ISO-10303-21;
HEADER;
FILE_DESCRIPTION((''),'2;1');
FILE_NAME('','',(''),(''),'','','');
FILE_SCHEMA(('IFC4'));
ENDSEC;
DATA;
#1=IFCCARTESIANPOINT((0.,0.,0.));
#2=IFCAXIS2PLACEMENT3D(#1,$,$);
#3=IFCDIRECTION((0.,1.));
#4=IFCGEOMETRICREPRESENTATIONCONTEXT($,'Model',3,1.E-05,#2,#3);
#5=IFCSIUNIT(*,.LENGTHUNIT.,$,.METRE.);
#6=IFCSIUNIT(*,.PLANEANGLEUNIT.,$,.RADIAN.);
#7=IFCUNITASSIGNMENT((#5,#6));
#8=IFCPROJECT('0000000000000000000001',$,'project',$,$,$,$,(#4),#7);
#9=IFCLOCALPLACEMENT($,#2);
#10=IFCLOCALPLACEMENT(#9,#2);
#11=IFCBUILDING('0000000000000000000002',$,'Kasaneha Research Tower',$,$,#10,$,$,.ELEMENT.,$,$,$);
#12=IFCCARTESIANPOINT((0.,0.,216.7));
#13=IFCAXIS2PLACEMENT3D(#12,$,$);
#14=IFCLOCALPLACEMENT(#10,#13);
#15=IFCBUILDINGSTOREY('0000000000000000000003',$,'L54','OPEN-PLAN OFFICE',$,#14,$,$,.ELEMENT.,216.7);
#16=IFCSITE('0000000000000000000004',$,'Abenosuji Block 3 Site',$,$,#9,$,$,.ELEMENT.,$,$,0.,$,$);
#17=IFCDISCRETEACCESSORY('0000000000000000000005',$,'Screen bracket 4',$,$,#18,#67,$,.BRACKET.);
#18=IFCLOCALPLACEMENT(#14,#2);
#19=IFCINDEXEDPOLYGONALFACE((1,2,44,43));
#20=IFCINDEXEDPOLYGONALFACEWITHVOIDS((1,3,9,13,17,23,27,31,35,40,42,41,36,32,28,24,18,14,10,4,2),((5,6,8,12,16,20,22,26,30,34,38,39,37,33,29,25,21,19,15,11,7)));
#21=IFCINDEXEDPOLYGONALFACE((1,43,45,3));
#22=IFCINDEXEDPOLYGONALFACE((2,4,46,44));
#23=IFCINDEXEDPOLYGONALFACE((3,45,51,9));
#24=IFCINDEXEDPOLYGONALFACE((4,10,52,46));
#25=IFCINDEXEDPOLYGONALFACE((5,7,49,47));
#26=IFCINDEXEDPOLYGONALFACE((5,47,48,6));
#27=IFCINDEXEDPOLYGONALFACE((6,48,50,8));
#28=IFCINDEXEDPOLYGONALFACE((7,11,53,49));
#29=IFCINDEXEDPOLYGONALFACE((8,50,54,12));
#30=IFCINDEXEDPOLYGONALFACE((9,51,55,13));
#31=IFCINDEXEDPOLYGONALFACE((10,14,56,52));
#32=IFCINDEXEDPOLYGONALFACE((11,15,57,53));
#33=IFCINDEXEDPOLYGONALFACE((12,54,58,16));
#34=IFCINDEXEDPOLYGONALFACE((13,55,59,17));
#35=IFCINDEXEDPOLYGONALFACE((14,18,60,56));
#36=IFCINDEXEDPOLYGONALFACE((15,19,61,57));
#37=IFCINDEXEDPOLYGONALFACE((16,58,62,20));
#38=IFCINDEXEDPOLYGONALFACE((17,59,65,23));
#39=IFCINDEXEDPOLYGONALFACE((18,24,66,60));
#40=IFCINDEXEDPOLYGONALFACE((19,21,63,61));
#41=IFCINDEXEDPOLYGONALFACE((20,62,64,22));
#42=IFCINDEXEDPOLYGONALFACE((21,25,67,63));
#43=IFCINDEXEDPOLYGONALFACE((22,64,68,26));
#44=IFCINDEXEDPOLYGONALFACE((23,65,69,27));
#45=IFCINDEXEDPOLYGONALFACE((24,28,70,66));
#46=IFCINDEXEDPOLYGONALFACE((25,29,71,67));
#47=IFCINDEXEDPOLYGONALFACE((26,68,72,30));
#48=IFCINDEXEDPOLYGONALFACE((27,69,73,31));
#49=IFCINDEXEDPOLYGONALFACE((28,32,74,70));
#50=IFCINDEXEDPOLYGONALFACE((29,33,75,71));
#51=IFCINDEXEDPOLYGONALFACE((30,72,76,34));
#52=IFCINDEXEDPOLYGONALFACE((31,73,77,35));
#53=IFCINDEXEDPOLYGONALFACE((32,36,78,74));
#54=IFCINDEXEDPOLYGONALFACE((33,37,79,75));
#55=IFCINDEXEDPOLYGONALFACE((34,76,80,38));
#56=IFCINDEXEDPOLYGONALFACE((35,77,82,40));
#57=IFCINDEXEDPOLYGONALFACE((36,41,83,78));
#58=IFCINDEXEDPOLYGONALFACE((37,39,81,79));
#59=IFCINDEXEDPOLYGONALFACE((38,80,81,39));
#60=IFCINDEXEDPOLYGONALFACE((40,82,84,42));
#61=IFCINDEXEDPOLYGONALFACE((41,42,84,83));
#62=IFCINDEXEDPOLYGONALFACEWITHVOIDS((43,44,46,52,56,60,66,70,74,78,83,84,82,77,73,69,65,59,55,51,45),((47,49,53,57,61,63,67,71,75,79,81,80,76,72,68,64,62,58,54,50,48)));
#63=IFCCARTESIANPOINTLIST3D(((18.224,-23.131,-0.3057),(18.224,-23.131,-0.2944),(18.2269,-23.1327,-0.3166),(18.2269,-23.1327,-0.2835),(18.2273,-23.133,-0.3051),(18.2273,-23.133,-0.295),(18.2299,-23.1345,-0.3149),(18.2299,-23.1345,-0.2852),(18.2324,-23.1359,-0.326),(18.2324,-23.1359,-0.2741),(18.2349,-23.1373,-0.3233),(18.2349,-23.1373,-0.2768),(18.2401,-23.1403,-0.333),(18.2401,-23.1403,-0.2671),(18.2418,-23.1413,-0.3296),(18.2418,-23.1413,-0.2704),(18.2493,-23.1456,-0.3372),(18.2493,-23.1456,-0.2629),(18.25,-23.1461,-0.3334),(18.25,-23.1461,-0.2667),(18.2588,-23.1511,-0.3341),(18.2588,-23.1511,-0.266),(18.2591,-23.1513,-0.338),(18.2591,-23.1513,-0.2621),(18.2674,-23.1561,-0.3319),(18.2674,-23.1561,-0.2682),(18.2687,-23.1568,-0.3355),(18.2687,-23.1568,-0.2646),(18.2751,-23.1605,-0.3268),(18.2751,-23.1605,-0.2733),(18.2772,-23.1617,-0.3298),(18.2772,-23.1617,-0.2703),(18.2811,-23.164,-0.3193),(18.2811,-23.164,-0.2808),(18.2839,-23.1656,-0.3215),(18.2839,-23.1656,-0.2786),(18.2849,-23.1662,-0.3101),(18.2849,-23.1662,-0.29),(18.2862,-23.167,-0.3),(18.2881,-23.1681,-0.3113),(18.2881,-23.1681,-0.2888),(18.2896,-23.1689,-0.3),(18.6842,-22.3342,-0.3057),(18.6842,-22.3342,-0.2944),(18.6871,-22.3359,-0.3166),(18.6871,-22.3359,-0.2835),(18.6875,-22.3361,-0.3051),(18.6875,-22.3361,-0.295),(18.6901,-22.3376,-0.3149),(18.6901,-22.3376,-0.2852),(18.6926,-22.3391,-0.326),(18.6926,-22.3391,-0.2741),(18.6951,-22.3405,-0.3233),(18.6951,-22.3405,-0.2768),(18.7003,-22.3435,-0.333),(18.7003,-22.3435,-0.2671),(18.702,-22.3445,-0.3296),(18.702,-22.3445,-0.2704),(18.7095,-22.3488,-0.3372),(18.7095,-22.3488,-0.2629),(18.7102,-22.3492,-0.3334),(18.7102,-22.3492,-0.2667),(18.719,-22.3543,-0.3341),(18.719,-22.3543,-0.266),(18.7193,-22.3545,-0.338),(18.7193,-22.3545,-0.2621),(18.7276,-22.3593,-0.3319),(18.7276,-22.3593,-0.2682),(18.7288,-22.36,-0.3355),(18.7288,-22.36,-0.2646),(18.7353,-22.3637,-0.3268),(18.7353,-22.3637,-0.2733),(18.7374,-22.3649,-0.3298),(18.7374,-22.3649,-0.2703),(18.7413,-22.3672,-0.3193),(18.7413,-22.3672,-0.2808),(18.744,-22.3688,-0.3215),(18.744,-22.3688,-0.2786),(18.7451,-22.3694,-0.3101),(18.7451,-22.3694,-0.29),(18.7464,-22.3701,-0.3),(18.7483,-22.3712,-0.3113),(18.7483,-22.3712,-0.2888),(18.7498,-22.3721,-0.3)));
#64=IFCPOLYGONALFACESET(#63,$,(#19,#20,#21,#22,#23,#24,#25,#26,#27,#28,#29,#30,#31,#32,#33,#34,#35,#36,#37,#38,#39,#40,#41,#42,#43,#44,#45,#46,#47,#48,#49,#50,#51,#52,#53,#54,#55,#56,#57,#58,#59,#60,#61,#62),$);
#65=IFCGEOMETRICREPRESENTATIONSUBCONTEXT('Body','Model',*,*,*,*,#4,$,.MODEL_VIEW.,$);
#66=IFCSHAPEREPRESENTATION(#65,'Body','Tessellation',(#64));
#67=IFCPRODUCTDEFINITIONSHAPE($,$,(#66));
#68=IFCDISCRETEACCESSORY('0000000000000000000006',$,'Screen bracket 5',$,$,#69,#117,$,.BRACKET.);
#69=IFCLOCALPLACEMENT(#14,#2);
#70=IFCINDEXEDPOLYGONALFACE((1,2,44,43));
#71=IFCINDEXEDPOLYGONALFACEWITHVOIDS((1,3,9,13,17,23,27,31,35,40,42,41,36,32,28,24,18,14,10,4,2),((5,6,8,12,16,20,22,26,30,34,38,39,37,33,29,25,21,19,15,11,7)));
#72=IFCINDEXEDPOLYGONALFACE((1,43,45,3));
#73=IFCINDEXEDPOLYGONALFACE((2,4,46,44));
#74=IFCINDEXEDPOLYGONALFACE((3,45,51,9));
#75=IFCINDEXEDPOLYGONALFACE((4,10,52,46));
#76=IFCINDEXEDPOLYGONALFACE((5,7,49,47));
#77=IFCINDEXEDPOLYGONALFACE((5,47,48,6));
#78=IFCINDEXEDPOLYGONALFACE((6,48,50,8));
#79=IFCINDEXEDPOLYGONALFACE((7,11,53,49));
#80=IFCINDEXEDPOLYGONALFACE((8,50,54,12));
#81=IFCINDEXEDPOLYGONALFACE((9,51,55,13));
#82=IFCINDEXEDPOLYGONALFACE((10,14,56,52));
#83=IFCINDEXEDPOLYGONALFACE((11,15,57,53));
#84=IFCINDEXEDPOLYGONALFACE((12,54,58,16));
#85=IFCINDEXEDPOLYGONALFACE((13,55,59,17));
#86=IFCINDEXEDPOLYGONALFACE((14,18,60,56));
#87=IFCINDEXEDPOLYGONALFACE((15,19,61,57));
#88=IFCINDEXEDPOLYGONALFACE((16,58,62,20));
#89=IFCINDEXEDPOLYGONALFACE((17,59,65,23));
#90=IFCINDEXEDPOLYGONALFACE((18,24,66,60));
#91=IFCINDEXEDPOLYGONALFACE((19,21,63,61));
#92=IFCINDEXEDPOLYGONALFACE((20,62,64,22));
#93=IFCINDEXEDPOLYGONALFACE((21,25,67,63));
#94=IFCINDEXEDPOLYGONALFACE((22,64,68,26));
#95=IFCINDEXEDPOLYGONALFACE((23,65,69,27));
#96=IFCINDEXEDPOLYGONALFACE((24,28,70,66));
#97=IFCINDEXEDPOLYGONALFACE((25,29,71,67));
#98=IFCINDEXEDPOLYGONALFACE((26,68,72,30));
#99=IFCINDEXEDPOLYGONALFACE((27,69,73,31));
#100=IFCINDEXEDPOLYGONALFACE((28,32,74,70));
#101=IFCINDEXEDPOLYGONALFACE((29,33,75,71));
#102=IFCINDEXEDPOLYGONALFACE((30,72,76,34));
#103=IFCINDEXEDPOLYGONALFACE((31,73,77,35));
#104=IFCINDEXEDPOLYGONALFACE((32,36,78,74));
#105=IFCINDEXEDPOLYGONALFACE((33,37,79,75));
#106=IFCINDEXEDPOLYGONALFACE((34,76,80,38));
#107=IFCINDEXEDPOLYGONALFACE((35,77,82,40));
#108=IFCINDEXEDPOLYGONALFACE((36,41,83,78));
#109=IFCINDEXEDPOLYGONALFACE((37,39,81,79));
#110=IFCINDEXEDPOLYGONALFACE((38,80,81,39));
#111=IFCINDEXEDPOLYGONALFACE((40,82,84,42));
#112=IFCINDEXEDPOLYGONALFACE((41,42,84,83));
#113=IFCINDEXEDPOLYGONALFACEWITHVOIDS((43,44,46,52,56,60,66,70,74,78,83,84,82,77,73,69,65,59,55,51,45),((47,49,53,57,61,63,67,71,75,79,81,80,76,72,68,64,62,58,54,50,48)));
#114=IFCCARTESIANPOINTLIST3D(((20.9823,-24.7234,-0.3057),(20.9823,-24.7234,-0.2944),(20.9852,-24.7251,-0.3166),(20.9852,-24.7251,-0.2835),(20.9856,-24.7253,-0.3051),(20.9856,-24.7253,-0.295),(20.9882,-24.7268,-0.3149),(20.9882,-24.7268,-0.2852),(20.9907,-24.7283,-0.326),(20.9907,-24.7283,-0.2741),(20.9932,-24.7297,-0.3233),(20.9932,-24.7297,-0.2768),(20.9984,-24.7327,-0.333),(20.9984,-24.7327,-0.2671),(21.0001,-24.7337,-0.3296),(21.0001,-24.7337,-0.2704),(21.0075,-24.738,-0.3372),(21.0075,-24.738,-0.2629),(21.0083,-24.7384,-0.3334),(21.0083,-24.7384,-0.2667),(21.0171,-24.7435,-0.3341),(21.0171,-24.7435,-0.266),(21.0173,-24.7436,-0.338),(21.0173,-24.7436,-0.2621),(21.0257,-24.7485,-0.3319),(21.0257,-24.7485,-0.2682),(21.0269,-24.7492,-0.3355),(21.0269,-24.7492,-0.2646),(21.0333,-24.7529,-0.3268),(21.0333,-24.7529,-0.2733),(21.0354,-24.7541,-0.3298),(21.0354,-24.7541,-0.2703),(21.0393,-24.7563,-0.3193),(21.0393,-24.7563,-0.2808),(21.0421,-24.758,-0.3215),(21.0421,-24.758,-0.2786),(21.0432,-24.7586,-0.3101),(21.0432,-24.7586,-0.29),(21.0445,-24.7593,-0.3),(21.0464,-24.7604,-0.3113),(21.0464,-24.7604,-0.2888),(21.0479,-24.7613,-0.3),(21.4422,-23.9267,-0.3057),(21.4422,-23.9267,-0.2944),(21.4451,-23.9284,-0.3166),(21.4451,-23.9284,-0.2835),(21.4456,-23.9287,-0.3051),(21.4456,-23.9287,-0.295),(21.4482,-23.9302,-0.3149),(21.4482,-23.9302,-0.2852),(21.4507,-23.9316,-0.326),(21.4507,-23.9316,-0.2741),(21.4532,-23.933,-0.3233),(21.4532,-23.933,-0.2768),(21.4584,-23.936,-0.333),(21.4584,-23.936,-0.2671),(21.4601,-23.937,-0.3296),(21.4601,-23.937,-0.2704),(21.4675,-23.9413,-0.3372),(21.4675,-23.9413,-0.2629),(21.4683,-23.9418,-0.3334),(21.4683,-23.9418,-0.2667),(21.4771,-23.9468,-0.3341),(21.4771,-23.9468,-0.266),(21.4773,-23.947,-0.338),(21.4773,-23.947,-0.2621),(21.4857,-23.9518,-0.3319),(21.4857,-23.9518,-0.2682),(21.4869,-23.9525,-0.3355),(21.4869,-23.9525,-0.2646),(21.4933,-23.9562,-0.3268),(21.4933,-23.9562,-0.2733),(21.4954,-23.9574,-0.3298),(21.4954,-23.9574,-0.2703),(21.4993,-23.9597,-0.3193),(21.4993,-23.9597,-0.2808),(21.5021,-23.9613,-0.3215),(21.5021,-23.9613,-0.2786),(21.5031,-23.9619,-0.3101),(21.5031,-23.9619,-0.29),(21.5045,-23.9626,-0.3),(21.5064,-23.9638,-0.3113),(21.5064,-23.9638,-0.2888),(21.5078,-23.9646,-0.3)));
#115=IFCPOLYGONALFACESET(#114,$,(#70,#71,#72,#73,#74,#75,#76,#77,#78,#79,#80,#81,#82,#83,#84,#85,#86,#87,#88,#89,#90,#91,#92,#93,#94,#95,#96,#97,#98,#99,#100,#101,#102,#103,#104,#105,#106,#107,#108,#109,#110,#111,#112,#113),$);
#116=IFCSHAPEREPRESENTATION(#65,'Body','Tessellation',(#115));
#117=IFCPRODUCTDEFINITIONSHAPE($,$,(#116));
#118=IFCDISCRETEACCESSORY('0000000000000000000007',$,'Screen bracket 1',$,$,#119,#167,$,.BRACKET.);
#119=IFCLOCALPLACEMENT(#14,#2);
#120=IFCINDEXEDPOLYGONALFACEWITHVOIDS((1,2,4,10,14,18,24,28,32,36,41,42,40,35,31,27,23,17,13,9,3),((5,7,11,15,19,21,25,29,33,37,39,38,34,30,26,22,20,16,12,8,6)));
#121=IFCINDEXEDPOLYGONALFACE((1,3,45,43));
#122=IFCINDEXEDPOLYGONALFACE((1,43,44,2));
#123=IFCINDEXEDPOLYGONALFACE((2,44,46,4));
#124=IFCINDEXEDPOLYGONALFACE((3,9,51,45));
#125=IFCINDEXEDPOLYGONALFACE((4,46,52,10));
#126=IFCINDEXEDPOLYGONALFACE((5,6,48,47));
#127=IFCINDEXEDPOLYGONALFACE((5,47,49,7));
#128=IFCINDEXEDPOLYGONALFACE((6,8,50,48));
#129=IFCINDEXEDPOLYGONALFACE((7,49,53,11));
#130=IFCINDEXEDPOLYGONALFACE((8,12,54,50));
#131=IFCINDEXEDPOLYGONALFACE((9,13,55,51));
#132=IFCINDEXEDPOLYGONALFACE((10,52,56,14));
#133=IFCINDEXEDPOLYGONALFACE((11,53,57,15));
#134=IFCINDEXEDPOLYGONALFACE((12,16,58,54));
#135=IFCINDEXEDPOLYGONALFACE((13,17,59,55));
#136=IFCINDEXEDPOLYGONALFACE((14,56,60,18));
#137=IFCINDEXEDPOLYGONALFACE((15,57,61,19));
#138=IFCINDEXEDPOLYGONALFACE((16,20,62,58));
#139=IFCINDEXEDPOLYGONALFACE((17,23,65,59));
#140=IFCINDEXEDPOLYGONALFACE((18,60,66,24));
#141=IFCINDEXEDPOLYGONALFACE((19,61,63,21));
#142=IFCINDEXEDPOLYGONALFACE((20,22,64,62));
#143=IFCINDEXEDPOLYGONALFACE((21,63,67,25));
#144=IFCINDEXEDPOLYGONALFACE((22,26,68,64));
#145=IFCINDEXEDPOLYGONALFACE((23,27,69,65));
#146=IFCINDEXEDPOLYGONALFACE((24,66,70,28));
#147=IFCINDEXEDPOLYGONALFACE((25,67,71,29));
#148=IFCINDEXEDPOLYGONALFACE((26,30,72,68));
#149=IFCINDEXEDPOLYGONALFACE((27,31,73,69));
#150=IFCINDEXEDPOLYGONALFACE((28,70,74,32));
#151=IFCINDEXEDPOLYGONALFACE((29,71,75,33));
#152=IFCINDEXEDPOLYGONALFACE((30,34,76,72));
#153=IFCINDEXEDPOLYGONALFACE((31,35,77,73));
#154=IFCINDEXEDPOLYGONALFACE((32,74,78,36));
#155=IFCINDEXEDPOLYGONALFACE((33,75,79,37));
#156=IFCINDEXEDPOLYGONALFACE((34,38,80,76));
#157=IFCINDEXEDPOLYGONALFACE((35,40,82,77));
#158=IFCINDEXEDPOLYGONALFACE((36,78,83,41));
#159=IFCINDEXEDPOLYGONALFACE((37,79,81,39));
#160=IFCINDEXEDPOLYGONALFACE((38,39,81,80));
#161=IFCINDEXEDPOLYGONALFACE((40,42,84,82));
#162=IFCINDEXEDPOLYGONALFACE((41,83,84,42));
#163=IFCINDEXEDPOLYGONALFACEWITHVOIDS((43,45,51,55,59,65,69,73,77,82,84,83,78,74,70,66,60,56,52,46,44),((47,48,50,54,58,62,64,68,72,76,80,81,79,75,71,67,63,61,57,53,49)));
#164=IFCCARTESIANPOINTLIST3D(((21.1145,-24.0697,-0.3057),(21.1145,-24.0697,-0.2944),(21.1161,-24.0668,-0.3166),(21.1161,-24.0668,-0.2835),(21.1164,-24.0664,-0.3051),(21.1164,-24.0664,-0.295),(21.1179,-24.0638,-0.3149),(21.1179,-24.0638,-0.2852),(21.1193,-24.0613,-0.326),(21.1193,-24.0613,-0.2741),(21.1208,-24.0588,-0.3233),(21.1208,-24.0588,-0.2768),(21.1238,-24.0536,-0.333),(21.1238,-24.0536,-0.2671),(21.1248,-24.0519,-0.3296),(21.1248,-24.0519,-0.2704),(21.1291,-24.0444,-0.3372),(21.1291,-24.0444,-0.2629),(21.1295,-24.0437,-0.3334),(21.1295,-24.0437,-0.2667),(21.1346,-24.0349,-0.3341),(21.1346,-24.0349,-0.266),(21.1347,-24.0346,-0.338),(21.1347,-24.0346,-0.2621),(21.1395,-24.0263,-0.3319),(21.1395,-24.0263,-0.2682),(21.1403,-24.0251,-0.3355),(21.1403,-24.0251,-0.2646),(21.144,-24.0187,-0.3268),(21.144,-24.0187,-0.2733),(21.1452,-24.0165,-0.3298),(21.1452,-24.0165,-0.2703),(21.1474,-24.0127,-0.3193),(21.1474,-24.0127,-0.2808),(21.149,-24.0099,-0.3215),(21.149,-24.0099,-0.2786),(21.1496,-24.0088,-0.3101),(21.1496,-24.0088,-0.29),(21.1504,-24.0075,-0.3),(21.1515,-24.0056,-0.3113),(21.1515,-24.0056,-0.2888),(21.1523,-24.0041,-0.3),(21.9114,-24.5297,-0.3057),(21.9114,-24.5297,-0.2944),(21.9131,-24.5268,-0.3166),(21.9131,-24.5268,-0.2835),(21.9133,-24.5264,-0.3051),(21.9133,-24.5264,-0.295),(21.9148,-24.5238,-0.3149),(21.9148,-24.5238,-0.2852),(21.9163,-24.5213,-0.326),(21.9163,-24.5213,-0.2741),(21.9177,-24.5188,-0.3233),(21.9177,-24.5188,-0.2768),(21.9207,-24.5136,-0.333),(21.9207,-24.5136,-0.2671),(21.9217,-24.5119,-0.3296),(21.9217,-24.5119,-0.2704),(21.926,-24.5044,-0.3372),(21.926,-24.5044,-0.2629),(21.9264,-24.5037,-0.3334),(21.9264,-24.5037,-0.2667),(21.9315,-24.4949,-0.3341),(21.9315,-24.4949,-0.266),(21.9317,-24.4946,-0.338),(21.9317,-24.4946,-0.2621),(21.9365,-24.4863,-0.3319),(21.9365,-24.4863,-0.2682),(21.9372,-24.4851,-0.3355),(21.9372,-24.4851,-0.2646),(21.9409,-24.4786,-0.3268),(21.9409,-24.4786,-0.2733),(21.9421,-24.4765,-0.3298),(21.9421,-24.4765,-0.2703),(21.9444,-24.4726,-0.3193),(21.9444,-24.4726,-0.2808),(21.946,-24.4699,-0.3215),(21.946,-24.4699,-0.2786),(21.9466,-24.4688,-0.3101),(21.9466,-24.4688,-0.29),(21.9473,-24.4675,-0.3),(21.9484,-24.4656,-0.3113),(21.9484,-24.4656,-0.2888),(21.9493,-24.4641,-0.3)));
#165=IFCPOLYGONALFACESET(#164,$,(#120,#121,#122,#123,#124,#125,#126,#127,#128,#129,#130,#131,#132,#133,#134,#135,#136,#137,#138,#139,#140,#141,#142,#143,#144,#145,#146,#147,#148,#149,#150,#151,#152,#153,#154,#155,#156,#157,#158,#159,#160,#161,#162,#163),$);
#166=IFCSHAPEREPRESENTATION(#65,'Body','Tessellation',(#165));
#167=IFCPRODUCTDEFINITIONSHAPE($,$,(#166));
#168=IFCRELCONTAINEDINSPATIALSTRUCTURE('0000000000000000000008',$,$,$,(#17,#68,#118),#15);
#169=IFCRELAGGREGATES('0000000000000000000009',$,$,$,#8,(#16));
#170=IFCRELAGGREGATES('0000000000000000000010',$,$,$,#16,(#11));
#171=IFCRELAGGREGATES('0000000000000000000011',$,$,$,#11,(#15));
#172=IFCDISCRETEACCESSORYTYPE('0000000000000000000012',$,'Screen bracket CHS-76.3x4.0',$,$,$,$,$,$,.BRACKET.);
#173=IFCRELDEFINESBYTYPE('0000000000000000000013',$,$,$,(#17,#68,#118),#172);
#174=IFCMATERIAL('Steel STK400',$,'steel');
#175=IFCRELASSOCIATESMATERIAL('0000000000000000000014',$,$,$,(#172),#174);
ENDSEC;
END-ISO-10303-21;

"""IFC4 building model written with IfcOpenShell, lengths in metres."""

from ifc_helpers import new_model, si_unit, direction, frame, origin, origin_2d, place, context, subcontext, project, spatial, hollow_circle, extrude, material, material_profile, profile_set, type_object, element, save


model = new_model("IFC4")

# Units and contexts
model_context = context("Model", 3, precision=1e-05, world=origin(), true_north=direction((0.0, 1.0)))
body_context = subcontext(model_context, "Body", "Model", "MODEL_VIEW")
ifc_project = project(units=[si_unit("LENGTHUNIT", "METRE"), si_unit("PLANEANGLEUNIT", "RADIAN")], contexts=[model_context])

# Site, building, storey
site_placement = place(None, origin())
site = spatial("IfcSite", under=ifc_project, at=site_placement, Name="Abenosuji Block 3 Site", CompositionType="ELEMENT", RefElevation=0.0)
building_placement = place(site_placement, origin())
building = spatial("IfcBuilding", under=site, at=building_placement, Name="Kasaneha Research Tower", CompositionType="ELEMENT")
storey_placement = place(building_placement, frame((0.0, 0.0, 216.7)))
storey = spatial("IfcBuildingStorey", under=building, at=storey_placement, Name="L54", Description="OPEN-PLAN OFFICE", CompositionType="ELEMENT", Elevation=216.7)

# Discrete accessories
ifc_material_1 = material(Name="Steel STK400", Category="steel")
ifc_material_profile_1 = material_profile(ifc_material_1, hollow_circle(Radius=0.0381, WallThickness=0.0039, at=origin_2d()), Name="CHS-76.3x4.0")
ifc_profile_set_1 = profile_set([ifc_material_profile_1], Name="Steel STK400")
discrete_accessory_type = type_object("IfcDiscreteAccessoryType", Name="Screen bracket CHS-76.3x4.0", PredefinedType="BRACKET", material=ifc_profile_set_1)
discrete_accessory_1_placement = place(storey_placement, frame((18.7168, -22.353, -0.3), z_axis=(-0.500105, -0.865965, 0.0), x_axis=(0.865965, -0.500105, 0.0)))
element("IfcDiscreteAccessory", 1, at=discrete_accessory_1_placement, inside=storey, type_object=discrete_accessory_type, Name="Screen bracket 4", PredefinedType="BRACKET", context=body_context, shape_type="SweptSolid", body=[
    extrude(hollow_circle(Radius=0.0381, WallThickness=0.0039, at=origin_2d()), origin(), (0.0, 0.0, 1.0), 0.9202),
])
discrete_accessory_2_placement = place(storey_placement, frame((21.4749, -23.9456, -0.3), z_axis=(-0.500021, -0.866013, 0.0), x_axis=(0.866013, -0.500021, 0.0)))
element("IfcDiscreteAccessory", 2, at=discrete_accessory_2_placement, inside=storey, type_object=discrete_accessory_type, Name="Screen bracket 5", PredefinedType="BRACKET", context=body_context, shape_type="SweptSolid", body=[
    extrude(hollow_circle(Radius=0.0381, WallThickness=0.0039, at=origin_2d()), origin(), (0.0, 0.0, 1.0), 0.9199),
])
discrete_accessory_3_placement = place(storey_placement, frame((21.1333, -24.0371, -0.3), z_axis=(0.86608, -0.499906, 0.0), x_axis=(0.499906, 0.86608, 0.0)))
element("IfcDiscreteAccessory", 3, at=discrete_accessory_3_placement, inside=storey, type_object=discrete_accessory_type, Name="Screen bracket 1", PredefinedType="BRACKET", context=body_context, shape_type="SweptSolid", body=[
    extrude(hollow_circle(Radius=0.0381, WallThickness=0.0039, at=origin_2d()), origin(), (0.0, 0.0, 1.0), 0.9202),
])

save(model, "model.ifc")
